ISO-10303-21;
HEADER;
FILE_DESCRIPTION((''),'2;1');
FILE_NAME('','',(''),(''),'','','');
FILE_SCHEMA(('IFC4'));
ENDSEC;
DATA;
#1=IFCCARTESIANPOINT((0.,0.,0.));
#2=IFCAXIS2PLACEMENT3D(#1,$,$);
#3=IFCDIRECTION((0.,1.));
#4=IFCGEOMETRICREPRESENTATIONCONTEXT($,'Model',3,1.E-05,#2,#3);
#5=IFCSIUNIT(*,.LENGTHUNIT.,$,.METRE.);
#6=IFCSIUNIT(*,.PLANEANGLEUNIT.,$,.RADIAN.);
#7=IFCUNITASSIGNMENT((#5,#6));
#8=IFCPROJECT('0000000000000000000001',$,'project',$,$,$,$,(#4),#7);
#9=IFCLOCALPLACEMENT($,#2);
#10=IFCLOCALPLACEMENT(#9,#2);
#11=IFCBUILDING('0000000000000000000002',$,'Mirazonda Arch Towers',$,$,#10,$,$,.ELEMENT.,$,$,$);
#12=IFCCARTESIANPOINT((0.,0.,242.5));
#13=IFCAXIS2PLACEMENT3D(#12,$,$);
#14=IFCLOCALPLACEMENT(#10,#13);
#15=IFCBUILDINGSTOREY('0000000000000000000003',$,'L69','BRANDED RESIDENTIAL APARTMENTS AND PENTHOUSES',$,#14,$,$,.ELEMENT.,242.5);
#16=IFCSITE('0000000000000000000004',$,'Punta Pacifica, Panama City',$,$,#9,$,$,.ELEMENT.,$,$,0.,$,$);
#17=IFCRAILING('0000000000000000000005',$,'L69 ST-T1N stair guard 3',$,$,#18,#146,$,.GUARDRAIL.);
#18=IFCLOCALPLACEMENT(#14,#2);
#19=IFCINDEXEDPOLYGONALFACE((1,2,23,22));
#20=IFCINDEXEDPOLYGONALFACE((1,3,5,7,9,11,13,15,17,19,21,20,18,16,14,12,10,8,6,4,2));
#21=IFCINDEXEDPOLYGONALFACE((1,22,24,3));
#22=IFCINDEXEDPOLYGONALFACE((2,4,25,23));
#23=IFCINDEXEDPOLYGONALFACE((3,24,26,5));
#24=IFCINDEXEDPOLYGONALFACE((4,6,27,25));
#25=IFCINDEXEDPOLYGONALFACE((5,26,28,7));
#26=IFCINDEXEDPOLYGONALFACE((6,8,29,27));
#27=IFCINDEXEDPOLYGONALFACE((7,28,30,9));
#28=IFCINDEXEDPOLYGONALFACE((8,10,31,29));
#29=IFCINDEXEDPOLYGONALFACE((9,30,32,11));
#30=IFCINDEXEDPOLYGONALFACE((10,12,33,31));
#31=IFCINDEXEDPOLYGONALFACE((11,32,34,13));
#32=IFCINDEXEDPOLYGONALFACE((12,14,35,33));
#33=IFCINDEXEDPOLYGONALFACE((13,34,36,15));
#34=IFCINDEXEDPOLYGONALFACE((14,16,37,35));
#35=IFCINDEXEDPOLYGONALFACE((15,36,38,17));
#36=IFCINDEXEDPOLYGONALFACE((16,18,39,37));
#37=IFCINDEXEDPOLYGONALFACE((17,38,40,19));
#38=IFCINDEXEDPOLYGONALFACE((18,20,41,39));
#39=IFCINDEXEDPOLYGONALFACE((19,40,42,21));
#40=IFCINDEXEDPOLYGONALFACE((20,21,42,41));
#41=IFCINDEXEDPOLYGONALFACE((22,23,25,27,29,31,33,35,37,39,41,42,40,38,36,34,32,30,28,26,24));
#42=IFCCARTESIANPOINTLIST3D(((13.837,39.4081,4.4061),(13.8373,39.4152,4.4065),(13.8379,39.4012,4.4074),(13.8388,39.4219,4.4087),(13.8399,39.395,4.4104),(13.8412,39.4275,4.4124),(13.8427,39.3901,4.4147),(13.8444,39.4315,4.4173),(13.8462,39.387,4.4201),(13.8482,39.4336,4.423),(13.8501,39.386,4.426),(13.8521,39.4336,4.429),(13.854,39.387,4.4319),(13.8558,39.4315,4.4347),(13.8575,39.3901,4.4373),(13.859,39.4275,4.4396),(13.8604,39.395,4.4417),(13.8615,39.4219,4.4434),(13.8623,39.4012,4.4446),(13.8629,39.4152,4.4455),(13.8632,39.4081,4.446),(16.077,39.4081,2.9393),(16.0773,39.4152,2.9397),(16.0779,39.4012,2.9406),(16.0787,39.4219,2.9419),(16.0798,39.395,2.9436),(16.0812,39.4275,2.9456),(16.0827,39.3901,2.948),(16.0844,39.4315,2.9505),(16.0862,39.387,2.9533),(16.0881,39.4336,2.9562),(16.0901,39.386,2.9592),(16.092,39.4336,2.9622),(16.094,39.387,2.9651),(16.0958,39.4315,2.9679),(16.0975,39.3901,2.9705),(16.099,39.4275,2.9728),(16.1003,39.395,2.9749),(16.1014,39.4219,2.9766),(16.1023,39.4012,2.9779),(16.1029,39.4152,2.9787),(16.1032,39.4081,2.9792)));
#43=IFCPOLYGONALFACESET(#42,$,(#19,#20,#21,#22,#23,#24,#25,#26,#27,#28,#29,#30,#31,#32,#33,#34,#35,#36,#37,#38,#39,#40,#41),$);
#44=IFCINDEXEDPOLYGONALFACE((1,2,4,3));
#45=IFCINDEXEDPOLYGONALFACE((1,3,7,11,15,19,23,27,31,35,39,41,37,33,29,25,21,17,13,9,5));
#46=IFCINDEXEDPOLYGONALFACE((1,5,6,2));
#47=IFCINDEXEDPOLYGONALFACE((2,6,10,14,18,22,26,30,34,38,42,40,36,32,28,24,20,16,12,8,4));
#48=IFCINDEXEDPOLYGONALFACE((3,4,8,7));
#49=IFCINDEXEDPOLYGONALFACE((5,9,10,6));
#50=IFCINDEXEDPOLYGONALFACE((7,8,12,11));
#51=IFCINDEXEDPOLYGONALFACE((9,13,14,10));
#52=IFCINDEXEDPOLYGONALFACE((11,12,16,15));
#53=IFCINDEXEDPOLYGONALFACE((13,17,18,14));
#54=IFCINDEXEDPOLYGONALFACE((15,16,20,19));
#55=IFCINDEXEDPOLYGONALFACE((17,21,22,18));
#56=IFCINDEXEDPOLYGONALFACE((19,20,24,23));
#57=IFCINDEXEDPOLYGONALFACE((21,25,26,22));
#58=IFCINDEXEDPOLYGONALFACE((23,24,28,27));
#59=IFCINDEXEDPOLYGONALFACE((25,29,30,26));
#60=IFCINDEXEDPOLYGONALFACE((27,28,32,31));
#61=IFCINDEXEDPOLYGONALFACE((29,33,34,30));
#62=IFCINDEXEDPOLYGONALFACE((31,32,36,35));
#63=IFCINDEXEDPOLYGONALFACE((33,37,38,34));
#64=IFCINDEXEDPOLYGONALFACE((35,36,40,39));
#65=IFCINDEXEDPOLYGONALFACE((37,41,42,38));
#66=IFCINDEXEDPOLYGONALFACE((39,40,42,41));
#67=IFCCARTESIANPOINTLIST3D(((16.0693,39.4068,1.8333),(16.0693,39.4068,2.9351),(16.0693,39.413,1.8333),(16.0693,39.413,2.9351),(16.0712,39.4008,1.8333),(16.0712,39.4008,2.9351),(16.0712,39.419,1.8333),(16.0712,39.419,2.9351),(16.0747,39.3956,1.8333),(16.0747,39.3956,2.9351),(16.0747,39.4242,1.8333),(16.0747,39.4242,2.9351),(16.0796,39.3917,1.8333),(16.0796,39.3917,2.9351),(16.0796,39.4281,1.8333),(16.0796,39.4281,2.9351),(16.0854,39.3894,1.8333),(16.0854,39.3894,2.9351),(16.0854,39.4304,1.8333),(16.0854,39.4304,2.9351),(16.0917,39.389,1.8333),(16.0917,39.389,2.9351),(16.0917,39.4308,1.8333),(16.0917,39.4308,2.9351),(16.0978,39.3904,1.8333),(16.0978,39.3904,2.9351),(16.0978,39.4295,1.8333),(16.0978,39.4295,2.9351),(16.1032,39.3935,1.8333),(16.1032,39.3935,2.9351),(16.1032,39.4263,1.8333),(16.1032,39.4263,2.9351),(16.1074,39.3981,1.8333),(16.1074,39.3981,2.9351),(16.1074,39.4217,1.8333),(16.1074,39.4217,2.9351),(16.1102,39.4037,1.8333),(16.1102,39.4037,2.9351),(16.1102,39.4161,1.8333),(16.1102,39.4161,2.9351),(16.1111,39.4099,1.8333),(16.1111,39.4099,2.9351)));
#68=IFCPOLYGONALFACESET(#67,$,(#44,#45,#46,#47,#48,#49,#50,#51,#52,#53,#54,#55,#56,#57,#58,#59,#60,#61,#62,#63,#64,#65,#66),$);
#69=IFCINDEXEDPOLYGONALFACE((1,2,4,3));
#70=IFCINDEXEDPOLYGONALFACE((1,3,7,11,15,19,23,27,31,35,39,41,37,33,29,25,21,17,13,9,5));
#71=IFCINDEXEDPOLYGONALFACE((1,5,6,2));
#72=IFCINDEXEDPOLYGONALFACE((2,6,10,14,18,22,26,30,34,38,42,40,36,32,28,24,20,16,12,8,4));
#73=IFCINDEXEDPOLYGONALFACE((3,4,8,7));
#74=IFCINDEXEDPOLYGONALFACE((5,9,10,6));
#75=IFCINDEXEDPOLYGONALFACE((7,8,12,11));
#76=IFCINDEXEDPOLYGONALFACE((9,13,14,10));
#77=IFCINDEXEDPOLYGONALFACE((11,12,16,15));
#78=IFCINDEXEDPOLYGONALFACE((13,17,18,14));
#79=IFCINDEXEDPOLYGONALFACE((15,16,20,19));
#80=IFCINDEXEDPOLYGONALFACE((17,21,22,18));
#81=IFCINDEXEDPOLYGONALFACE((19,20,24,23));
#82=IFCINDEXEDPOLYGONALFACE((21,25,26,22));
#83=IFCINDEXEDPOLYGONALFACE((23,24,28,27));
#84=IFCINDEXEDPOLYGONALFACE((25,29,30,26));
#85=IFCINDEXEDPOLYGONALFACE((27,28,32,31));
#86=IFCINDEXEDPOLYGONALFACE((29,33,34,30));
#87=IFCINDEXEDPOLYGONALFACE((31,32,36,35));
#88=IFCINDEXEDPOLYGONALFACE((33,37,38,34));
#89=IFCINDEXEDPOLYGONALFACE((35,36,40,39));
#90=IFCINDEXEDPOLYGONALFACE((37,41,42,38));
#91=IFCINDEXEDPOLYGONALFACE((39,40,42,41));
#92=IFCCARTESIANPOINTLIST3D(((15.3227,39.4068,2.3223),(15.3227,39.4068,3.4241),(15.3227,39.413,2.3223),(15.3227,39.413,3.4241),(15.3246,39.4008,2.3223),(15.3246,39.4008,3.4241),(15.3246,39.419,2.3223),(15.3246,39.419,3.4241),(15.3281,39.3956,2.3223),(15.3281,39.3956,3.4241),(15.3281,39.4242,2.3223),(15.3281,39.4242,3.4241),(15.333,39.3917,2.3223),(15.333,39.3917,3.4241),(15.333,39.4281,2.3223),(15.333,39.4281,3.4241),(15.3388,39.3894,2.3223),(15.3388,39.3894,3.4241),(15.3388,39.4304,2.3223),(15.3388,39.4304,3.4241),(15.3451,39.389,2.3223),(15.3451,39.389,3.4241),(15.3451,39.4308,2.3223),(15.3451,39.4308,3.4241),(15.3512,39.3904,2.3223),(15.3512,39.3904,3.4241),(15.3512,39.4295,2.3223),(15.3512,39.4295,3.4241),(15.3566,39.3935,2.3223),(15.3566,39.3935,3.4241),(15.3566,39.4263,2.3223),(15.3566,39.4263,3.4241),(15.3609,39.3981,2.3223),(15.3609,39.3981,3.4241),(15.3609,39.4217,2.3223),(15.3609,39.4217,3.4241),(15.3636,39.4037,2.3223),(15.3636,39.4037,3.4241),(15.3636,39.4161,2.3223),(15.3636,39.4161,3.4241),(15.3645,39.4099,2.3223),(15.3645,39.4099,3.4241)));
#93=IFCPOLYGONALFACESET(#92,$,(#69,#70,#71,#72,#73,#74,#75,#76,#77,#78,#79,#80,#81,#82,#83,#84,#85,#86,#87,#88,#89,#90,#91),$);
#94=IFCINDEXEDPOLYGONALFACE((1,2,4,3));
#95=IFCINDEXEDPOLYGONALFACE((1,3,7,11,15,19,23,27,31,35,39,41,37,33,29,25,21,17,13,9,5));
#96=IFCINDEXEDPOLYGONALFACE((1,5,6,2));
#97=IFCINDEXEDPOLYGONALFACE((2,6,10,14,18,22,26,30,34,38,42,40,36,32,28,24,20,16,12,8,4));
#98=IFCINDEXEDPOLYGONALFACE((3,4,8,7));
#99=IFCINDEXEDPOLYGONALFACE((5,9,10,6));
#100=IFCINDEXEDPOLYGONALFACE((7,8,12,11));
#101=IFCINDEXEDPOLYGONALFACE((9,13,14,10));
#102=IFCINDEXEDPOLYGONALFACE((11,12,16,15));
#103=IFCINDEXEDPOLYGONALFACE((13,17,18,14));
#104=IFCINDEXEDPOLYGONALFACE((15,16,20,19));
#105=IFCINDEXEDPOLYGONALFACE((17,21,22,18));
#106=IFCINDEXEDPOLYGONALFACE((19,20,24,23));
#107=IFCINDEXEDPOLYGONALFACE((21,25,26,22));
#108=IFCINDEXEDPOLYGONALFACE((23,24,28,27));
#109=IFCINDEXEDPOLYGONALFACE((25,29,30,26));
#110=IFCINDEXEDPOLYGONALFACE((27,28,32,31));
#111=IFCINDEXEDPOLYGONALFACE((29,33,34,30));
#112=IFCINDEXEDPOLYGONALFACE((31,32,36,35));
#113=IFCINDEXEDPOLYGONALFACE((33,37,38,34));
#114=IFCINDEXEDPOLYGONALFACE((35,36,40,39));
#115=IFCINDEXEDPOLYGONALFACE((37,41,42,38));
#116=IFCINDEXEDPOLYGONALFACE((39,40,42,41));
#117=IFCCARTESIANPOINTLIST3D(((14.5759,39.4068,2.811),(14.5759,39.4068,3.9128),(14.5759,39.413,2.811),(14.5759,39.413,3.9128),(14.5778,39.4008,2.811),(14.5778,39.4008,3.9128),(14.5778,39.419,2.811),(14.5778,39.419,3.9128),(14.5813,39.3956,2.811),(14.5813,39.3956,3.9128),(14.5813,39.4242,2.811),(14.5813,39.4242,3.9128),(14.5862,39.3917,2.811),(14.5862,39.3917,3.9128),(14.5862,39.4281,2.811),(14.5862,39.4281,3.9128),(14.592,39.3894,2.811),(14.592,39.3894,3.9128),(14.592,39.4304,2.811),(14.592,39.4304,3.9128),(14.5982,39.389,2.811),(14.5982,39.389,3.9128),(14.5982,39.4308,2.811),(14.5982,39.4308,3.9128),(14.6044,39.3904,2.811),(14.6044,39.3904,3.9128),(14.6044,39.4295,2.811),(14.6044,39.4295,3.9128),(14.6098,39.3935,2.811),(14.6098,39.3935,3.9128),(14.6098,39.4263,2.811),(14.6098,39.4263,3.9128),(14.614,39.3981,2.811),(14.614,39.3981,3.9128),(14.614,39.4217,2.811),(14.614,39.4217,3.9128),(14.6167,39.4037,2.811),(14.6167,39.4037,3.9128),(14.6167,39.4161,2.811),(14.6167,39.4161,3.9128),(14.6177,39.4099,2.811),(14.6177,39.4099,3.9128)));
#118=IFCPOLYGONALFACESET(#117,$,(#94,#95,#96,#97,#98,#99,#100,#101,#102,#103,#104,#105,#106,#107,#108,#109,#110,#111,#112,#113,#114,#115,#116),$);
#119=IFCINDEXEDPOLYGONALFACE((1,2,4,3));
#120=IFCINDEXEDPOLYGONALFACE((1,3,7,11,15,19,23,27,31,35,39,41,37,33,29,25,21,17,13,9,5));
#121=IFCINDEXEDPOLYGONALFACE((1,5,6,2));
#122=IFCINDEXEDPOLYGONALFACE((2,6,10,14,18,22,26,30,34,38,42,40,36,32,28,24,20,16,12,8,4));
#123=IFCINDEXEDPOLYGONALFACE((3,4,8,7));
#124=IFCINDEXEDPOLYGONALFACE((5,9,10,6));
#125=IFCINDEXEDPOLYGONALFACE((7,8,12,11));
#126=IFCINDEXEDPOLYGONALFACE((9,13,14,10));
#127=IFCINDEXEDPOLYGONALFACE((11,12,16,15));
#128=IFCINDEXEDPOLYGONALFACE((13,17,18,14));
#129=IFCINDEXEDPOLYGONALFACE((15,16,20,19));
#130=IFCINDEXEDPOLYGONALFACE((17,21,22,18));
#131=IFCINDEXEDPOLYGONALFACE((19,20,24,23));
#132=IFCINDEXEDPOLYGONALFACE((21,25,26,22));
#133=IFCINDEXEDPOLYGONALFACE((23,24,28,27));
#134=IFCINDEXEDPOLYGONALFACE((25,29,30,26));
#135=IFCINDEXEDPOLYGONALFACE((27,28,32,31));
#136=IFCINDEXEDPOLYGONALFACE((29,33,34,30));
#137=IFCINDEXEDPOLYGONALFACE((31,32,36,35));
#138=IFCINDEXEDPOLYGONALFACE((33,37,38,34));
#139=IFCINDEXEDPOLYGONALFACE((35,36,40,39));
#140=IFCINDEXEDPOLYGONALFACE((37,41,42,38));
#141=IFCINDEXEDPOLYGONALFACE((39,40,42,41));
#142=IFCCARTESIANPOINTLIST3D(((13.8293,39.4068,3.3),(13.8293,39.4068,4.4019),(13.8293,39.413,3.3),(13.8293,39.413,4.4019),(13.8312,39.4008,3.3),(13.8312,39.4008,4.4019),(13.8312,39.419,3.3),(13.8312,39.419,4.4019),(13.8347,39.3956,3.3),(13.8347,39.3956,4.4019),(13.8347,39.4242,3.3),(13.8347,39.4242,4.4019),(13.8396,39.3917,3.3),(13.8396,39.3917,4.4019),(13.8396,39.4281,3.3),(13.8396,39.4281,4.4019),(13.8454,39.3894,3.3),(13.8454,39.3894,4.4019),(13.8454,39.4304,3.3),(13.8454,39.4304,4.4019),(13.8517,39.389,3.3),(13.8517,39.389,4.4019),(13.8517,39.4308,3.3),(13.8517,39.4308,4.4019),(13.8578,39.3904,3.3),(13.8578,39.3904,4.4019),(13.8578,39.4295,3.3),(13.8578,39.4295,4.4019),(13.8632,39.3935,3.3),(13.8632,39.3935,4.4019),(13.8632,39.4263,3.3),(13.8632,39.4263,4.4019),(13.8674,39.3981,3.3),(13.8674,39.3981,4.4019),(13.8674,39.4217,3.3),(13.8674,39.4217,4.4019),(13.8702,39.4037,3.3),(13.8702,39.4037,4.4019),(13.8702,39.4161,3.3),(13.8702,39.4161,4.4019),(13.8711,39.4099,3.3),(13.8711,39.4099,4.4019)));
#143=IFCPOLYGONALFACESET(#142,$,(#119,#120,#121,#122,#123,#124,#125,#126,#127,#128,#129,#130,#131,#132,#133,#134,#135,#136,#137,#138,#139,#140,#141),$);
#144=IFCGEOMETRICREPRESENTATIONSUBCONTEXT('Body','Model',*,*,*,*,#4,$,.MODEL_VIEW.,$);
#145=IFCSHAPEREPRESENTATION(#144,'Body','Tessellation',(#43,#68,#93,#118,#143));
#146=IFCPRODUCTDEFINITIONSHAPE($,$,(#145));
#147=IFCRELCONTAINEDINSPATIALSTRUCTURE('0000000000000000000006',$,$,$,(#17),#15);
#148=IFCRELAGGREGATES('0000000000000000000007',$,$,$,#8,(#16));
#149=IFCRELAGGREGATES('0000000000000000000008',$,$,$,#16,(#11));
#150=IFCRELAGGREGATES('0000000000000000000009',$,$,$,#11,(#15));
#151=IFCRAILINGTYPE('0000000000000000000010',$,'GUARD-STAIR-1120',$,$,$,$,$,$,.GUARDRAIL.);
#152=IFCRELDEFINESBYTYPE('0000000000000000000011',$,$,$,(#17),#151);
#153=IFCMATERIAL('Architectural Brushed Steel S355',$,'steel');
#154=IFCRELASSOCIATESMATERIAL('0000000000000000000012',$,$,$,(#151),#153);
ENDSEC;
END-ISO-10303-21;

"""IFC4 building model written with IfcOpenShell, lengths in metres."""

from ifc_helpers import new_model, si_unit, direction, frame, origin, origin_2d, place, context, subcontext, project, spatial, circle, extrude, material, type_object, element, save


model = new_model("IFC4")

# Units and contexts
model_context = context("Model", 3, precision=1e-05, world=origin(), true_north=direction((0.0, 1.0)))
body_context = subcontext(model_context, "Body", "Model", "MODEL_VIEW")
ifc_project = project(units=[si_unit("LENGTHUNIT", "METRE"), si_unit("PLANEANGLEUNIT", "RADIAN")], contexts=[model_context])

# Site, building, storey
site_placement = place(None, origin())
site = spatial("IfcSite", under=ifc_project, at=site_placement, Name="Punta Pacifica, Panama City", CompositionType="ELEMENT", RefElevation=0.0)
building_placement = place(site_placement, origin())
building = spatial("IfcBuilding", under=site, at=building_placement, Name="Mirazonda Arch Towers", CompositionType="ELEMENT")
storey_placement = place(building_placement, frame((0.0, 0.0, 242.5)))
storey = spatial("IfcBuildingStorey", under=building, at=storey_placement, Name="L69", Description="BRANDED RESIDENTIAL APARTMENTS AND PENTHOUSES", CompositionType="ELEMENT", Elevation=242.5)

# Shared definitions
ifc_material_1 = material(Name="Architectural Brushed Steel S355", Category="steel")

# Railing
railing_type_1 = type_object("IfcRailingType", Name="GUARD-STAIR-1120", PredefinedType="GUARDRAIL", material=ifc_material_1)
railing_1_placement = place(storey_placement, frame((16.0901, 39.4099, 1.8333)))
element("IfcRailing", 1, at=railing_1_placement, inside=storey, type_object=railing_type_1, Name="L69 ST-T1N stair guard 3", PredefinedType="GUARDRAIL", context=body_context, shape_type="SweptSolid", body=[
    extrude(circle(Radius=0.0239, at=origin_2d()), frame((0.0, 0.0, 1.126), z_axis=(-0.836595, 0.0, 0.547822), x_axis=(0.0, -1.0, 0.0)), (0.0, 0.0, 1.0), 2.6775),
    extrude(circle(Radius=0.021, at=origin_2d()), origin(), (0.0, 0.0, 1.0), 1.1018),
    extrude(circle(Radius=0.021, at=origin_2d()), frame((-0.7466, 0.0, 0.489)), (0.0, 0.0, 1.0), 1.1018),
    extrude(circle(Radius=0.021, at=origin_2d()), frame((-1.4934, 0.0, 0.9778)), (0.0, 0.0, 1.0), 1.1018),
    extrude(circle(Radius=0.021, at=origin_2d()), frame((-2.24, 0.0, 1.4668)), (0.0, 0.0, 1.0), 1.1018),
])

save(model, "model.ifc")
